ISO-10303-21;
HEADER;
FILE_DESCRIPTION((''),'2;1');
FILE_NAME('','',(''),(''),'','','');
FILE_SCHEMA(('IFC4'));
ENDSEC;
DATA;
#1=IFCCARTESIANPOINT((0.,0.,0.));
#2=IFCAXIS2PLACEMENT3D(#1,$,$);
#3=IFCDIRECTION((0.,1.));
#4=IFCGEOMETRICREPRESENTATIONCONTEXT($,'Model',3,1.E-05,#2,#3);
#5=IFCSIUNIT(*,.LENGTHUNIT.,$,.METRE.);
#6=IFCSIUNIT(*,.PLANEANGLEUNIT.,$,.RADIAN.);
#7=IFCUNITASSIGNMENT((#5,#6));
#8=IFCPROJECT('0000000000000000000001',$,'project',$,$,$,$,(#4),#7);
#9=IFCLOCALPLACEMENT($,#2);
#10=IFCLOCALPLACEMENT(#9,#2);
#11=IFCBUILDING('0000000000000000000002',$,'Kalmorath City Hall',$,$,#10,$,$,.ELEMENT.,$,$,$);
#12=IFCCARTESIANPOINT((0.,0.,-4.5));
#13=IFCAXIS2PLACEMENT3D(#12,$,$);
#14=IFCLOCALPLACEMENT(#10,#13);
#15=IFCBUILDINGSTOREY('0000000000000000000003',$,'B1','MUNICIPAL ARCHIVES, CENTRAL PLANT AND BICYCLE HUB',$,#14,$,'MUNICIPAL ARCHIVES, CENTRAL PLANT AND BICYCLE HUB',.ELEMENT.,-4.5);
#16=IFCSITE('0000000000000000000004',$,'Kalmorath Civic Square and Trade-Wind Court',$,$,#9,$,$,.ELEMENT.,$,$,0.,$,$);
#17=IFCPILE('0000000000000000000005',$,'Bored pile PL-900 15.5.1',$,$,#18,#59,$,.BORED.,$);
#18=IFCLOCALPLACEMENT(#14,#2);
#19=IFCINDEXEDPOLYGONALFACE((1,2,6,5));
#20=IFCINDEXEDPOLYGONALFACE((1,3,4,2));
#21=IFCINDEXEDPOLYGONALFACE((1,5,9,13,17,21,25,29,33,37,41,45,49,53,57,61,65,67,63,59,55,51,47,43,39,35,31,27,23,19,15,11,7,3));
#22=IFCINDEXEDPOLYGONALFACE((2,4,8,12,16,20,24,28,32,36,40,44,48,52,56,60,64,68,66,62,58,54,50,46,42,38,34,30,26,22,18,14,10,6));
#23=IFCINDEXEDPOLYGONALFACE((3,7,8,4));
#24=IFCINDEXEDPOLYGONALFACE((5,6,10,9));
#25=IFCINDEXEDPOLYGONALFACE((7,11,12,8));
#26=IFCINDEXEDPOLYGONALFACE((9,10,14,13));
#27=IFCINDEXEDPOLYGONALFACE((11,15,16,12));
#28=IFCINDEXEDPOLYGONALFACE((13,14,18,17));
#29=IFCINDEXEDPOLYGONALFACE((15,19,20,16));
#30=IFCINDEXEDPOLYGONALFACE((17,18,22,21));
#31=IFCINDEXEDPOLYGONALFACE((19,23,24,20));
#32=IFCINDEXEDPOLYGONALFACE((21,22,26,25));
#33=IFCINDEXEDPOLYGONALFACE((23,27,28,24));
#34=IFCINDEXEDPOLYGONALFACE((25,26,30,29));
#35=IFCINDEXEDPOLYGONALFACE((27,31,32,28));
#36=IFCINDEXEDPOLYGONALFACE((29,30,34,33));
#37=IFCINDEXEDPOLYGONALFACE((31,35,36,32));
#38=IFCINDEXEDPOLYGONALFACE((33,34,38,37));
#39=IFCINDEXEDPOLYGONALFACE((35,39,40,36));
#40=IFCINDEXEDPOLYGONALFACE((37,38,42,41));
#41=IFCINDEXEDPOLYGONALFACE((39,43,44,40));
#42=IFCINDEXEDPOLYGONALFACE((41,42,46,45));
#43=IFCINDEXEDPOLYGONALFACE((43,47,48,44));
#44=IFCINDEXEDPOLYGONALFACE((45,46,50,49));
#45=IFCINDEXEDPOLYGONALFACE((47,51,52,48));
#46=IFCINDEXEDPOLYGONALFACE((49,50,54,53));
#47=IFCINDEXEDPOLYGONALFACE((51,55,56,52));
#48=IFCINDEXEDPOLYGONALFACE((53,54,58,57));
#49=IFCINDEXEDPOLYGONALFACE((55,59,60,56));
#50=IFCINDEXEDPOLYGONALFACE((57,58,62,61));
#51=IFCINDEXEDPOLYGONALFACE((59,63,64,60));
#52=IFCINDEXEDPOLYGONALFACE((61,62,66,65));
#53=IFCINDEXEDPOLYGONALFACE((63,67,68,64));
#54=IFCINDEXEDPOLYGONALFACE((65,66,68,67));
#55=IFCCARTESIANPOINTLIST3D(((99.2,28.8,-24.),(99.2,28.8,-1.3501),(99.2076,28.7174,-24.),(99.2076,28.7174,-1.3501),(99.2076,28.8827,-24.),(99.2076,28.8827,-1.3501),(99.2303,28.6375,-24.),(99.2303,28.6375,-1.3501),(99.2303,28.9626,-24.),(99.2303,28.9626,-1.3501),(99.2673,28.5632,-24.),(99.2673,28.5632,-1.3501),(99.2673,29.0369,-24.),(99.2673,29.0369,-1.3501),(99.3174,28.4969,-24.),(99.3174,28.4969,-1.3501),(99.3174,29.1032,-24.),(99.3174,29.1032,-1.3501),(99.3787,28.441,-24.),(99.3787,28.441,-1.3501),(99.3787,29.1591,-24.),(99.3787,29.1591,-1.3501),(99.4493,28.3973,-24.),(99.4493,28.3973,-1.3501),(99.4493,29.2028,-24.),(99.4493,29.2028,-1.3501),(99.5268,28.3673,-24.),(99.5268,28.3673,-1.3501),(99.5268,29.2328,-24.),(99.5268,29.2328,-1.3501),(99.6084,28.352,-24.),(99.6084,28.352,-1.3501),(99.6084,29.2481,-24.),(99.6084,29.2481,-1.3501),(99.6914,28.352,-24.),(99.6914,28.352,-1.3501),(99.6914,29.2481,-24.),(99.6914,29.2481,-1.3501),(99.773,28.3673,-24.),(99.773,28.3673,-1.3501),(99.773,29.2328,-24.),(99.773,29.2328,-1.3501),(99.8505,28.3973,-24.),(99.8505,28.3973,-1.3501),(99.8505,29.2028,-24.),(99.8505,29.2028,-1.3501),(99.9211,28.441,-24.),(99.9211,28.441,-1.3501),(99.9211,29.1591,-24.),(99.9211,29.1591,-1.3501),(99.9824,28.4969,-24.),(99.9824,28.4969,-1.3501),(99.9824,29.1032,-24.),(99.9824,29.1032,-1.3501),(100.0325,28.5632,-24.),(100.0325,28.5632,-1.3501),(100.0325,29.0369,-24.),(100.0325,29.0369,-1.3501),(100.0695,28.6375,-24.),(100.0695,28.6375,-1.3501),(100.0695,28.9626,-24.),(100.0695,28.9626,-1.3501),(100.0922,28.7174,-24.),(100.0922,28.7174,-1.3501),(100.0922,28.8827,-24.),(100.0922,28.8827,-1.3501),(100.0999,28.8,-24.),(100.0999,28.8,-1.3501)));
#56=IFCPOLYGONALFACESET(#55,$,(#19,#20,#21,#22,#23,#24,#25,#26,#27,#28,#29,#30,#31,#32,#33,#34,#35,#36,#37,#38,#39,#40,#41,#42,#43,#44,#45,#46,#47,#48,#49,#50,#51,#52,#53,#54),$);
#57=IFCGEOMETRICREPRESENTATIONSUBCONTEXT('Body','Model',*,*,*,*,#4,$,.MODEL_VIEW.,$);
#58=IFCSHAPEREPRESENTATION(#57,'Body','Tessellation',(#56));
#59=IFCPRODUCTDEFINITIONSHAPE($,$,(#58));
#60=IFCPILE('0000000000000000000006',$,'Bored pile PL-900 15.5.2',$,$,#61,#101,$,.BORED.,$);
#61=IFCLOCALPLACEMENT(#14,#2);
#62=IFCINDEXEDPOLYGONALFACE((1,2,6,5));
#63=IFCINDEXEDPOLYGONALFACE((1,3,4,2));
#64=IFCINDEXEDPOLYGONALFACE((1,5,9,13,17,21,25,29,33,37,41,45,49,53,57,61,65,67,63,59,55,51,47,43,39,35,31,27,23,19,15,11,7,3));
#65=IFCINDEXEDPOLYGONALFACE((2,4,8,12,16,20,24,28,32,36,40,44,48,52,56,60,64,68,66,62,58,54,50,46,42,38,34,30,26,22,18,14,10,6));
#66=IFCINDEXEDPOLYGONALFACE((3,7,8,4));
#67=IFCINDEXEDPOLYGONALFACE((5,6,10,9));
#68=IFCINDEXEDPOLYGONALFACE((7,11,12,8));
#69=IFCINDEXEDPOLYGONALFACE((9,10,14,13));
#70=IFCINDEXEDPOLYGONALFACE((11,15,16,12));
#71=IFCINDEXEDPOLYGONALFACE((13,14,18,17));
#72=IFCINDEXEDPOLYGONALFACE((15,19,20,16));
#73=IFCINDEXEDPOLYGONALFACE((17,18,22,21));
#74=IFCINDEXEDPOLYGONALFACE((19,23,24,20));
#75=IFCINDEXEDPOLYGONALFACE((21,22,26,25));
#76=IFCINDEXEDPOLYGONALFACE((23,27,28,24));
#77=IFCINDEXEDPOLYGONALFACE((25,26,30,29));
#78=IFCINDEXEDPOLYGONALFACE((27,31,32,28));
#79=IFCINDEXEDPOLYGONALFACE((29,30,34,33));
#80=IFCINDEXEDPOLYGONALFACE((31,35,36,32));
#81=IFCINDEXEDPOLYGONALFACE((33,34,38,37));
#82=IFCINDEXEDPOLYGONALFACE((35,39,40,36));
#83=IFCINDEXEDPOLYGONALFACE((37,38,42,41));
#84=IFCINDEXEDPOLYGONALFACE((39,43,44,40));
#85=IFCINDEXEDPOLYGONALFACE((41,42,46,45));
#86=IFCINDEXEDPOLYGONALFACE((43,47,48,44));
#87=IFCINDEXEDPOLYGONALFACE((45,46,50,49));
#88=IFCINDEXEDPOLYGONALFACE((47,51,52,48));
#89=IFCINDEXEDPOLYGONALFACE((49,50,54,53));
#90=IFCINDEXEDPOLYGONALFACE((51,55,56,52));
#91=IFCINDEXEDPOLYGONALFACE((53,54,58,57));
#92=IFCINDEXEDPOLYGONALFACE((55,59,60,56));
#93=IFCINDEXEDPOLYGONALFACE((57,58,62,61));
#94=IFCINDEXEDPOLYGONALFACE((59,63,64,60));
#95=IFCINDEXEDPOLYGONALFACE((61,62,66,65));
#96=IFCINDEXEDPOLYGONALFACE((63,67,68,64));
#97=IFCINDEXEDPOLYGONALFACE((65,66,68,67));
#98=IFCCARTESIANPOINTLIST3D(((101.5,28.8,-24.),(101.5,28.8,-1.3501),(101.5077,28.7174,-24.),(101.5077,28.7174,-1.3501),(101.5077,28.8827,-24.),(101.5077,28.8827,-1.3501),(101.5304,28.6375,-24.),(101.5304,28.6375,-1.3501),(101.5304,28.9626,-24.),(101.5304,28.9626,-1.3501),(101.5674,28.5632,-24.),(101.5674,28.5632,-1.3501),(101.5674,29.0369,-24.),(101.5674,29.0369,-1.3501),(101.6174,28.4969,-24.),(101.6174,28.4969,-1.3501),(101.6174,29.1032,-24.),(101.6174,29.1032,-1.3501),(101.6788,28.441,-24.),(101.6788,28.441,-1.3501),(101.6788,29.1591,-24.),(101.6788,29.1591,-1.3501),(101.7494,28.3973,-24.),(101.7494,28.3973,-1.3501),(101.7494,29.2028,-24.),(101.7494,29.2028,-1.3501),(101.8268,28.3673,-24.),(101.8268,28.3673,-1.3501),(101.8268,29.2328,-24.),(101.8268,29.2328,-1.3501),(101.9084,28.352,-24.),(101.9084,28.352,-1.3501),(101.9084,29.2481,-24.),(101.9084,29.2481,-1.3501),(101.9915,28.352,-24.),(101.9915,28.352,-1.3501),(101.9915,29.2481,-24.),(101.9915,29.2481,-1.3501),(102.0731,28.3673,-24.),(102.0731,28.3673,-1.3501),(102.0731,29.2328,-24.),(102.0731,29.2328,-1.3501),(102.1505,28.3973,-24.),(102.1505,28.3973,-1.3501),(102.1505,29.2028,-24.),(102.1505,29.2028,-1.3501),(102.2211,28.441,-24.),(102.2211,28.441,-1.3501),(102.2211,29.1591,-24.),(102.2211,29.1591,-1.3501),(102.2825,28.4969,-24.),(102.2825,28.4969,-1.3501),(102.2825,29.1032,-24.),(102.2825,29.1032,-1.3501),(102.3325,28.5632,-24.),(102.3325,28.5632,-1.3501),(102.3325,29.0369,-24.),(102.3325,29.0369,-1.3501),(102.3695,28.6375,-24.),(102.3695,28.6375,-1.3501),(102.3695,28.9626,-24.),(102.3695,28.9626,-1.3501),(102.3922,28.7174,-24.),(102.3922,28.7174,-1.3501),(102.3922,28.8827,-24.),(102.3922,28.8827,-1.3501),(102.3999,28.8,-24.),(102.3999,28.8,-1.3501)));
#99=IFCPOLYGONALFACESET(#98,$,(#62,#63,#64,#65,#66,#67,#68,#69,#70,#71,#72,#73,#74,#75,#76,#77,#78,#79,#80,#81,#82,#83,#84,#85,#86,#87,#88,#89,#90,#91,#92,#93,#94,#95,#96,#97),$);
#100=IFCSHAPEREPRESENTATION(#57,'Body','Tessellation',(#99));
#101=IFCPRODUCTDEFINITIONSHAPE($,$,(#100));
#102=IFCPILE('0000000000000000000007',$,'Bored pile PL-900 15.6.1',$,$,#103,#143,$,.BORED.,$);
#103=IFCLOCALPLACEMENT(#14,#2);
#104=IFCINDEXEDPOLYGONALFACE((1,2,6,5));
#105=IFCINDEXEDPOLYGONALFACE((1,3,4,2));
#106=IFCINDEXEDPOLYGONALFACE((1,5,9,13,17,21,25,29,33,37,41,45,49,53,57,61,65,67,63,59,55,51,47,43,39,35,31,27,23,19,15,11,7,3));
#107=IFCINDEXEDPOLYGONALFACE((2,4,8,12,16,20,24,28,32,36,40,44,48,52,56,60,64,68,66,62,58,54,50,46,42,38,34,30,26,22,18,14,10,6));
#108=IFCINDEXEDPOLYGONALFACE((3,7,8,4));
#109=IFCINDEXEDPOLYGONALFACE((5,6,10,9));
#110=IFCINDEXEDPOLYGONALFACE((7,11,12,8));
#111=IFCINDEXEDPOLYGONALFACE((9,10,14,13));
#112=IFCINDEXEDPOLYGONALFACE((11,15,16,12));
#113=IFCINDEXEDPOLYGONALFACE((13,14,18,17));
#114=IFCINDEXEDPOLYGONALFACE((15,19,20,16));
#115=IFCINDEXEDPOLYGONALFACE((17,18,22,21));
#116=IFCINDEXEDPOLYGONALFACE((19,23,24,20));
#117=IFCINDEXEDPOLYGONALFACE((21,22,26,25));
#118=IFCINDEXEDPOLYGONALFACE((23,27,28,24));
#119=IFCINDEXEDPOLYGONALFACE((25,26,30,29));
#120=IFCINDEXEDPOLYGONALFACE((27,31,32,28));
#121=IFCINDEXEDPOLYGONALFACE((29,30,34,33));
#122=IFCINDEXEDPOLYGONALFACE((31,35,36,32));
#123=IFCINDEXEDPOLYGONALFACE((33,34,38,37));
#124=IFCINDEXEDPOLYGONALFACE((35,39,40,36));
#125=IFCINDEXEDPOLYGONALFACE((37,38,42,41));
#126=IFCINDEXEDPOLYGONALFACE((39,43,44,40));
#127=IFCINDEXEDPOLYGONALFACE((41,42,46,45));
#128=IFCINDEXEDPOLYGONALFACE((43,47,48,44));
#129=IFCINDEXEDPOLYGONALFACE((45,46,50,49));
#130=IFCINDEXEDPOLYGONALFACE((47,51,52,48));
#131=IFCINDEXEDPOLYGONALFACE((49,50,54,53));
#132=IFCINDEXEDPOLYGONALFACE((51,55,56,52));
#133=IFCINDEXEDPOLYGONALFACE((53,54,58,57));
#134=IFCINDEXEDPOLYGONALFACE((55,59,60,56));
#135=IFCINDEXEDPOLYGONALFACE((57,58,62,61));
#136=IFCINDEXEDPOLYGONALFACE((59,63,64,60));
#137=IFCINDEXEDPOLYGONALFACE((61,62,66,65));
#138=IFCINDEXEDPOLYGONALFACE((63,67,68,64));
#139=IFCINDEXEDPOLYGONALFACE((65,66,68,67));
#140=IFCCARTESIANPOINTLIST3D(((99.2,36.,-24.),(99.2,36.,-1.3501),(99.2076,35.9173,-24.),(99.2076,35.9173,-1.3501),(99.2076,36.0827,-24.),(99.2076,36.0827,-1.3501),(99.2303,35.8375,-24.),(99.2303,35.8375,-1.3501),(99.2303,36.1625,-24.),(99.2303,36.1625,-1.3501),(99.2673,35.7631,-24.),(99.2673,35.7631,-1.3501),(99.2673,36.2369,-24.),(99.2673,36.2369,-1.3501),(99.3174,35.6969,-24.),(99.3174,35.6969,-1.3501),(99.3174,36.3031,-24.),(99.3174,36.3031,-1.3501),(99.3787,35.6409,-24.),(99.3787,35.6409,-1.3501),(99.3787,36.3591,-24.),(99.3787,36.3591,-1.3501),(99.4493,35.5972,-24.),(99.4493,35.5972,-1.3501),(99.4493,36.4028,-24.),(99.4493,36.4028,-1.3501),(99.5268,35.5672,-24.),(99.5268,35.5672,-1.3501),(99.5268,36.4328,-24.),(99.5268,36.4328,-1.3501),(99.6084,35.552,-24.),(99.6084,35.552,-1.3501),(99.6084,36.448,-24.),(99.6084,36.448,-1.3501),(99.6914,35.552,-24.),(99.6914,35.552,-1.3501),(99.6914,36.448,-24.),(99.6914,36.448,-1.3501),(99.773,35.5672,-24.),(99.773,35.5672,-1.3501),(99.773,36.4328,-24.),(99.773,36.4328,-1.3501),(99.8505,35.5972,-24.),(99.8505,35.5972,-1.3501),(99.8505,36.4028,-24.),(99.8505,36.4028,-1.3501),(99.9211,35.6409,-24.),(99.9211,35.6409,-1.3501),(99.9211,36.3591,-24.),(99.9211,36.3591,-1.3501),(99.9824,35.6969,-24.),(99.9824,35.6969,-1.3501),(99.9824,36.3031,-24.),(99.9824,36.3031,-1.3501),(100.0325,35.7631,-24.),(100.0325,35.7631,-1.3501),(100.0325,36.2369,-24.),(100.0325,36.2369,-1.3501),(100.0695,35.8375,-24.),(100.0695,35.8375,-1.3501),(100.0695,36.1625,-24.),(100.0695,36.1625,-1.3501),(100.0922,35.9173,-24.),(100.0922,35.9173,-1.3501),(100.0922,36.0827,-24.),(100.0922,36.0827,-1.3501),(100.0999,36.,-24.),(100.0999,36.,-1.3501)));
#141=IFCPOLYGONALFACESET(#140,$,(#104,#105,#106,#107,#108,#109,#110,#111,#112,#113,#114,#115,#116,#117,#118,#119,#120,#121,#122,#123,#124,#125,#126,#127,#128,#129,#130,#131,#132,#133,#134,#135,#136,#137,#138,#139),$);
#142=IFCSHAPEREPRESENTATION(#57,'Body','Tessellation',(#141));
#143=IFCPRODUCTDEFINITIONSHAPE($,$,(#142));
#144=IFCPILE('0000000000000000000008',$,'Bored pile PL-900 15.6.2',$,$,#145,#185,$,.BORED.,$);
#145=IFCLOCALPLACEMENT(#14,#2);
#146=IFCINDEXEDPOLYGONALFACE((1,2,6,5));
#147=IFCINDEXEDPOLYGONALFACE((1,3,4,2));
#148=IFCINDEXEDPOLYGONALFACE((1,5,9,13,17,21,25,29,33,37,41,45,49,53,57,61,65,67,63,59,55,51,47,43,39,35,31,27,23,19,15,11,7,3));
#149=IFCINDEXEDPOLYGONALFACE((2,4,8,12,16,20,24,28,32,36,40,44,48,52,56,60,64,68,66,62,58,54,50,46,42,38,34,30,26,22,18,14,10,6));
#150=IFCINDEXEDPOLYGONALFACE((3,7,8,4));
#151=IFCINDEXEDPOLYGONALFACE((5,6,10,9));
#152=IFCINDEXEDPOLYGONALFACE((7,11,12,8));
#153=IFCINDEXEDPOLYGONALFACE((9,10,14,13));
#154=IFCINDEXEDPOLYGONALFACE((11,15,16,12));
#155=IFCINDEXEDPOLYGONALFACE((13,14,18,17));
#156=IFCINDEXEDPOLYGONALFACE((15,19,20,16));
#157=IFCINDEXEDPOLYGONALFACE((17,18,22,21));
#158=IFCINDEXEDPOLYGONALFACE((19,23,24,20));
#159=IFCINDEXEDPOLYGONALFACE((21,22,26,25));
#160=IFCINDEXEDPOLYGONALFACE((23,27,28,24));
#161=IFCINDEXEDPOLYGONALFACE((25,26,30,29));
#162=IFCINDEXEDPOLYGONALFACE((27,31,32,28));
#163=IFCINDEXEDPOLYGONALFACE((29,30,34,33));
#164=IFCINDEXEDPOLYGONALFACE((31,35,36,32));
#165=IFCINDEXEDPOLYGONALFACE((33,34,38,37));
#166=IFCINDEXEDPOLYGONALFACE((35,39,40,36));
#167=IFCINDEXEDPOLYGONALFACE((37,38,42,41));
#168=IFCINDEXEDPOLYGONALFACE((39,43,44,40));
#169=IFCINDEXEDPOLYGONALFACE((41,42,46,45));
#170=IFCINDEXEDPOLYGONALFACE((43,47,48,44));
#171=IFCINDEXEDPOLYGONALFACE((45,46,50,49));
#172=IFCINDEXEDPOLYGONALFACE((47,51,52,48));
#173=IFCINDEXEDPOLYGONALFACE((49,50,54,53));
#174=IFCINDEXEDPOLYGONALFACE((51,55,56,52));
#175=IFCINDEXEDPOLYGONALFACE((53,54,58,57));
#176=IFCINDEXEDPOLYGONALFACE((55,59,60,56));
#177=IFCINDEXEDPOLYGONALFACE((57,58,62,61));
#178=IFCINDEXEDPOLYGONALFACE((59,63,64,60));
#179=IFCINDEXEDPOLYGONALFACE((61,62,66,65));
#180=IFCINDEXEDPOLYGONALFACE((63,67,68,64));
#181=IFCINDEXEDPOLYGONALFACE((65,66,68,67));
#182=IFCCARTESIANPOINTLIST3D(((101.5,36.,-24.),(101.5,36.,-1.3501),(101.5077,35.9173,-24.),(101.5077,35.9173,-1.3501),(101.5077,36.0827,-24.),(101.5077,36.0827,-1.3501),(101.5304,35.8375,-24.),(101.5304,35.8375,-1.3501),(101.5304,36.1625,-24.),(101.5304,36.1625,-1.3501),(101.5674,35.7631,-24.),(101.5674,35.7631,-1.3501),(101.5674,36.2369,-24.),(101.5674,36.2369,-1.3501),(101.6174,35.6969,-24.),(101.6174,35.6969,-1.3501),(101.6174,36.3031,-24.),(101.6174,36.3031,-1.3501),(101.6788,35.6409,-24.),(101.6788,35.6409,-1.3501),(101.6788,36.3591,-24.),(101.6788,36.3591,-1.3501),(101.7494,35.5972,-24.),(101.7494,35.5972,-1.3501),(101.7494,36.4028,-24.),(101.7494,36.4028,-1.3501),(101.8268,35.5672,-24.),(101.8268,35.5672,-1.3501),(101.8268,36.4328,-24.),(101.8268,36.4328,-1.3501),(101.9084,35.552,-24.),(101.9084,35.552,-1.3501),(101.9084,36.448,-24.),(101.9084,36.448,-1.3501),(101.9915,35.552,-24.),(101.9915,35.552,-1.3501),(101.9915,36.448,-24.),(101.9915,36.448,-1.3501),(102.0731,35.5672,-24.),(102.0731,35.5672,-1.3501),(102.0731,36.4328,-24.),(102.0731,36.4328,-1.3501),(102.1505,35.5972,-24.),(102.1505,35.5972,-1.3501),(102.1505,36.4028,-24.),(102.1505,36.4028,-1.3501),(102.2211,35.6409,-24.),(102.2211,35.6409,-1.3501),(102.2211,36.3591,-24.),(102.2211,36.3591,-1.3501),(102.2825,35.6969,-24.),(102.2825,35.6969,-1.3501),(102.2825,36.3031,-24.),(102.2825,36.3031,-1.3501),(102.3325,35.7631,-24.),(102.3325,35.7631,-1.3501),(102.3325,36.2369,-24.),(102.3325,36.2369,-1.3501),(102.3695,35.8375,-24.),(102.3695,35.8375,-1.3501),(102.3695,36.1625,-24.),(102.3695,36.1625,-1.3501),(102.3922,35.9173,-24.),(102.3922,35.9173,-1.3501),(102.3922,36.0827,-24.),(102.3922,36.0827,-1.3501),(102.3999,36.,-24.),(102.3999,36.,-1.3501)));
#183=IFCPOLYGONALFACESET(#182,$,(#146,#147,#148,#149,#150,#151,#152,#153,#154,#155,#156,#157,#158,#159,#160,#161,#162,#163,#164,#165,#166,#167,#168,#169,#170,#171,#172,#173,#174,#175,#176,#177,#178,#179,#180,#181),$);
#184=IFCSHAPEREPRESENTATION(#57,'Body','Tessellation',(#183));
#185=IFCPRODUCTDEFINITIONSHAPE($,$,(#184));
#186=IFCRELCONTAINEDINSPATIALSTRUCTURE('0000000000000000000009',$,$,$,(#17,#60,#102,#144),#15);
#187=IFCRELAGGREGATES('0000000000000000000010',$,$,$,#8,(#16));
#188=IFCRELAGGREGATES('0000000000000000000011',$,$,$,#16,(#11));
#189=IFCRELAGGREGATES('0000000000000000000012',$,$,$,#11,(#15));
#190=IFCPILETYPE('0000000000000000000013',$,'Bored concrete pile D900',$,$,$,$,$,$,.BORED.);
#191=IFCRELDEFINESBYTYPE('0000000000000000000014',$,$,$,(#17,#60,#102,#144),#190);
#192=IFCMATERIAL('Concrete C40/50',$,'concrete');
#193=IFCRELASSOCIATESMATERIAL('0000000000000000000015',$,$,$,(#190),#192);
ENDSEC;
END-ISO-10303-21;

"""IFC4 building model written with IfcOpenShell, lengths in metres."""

from ifc_helpers import new_model, si_unit, direction, frame, origin, origin_2d, place, context, subcontext, project, spatial, circle, extrude, material, material_profile, profile_set, type_object, element, save


model = new_model("IFC4")

# Units and contexts
model_context = context("Model", 3, precision=1e-05, world=origin(), true_north=direction((0.0, 1.0)))
body_context = subcontext(model_context, "Body", "Model", "MODEL_VIEW")
ifc_project = project(units=[si_unit("LENGTHUNIT", "METRE"), si_unit("PLANEANGLEUNIT", "RADIAN")], contexts=[model_context])

# Site, building, storey
site_placement = place(None, origin())
site = spatial("IfcSite", under=ifc_project, at=site_placement, Name="Kalmorath Civic Square and Trade-Wind Court", CompositionType="ELEMENT", RefElevation=0.0)
building_placement = place(site_placement, origin())
building = spatial("IfcBuilding", under=site, at=building_placement, Name="Kalmorath City Hall", CompositionType="ELEMENT")
storey_placement = place(building_placement, frame((0.0, 0.0, -4.5)))
storey = spatial("IfcBuildingStorey", under=building, at=storey_placement, Name="B1", Description="MUNICIPAL ARCHIVES, CENTRAL PLANT AND BICYCLE HUB", LongName="MUNICIPAL ARCHIVES, CENTRAL PLANT AND BICYCLE HUB", CompositionType="ELEMENT", Elevation=-4.5)

# Piles
ifc_material_1 = material(Name="Concrete C40/50", Category="concrete")
ifc_material_profile_1 = material_profile(ifc_material_1, circle(Radius=0.45, at=origin_2d()), Name="PILE-D900")
ifc_profile_set_1 = profile_set([ifc_material_profile_1], Name="Concrete C40/50")
pile_type = type_object("IfcPileType", Name="Bored concrete pile D900", PredefinedType="BORED", material=ifc_profile_set_1)
for number, where, z_axis, x_axis, name in (
    (1, (99.6499, 28.8, -1.3501), (0.0, 0.0, -1.0), (1.0, 0.0, 0.0), "Bored pile PL-900 15.5.1"),
    (2, (101.95, 28.8, -1.3501), (0.0, 0.0, -1.0), (1.0, 0.0, 0.0), "Bored pile PL-900 15.5.2"),
    (3, (99.6499, 36.0, -1.3501), (0.0, 0.0, -1.0), (1.0, 0.0, 0.0), "Bored pile PL-900 15.6.1"),
    (4, (101.95, 36.0, -1.3501), (0.0, 0.0, -1.0), (1.0, 0.0, 0.0), "Bored pile PL-900 15.6.2"),
):
    element("IfcPile", number, at=place(storey_placement, frame(where, z_axis=z_axis, x_axis=x_axis)), inside=storey, type_object=pile_type, Name=name, PredefinedType="BORED", context=body_context, shape_type="SweptSolid", body=[
        extrude(circle(Radius=0.45, at=origin_2d()), origin(), (0.0, 0.0, 1.0), 22.6499),
    ])

save(model, "model.ifc")
